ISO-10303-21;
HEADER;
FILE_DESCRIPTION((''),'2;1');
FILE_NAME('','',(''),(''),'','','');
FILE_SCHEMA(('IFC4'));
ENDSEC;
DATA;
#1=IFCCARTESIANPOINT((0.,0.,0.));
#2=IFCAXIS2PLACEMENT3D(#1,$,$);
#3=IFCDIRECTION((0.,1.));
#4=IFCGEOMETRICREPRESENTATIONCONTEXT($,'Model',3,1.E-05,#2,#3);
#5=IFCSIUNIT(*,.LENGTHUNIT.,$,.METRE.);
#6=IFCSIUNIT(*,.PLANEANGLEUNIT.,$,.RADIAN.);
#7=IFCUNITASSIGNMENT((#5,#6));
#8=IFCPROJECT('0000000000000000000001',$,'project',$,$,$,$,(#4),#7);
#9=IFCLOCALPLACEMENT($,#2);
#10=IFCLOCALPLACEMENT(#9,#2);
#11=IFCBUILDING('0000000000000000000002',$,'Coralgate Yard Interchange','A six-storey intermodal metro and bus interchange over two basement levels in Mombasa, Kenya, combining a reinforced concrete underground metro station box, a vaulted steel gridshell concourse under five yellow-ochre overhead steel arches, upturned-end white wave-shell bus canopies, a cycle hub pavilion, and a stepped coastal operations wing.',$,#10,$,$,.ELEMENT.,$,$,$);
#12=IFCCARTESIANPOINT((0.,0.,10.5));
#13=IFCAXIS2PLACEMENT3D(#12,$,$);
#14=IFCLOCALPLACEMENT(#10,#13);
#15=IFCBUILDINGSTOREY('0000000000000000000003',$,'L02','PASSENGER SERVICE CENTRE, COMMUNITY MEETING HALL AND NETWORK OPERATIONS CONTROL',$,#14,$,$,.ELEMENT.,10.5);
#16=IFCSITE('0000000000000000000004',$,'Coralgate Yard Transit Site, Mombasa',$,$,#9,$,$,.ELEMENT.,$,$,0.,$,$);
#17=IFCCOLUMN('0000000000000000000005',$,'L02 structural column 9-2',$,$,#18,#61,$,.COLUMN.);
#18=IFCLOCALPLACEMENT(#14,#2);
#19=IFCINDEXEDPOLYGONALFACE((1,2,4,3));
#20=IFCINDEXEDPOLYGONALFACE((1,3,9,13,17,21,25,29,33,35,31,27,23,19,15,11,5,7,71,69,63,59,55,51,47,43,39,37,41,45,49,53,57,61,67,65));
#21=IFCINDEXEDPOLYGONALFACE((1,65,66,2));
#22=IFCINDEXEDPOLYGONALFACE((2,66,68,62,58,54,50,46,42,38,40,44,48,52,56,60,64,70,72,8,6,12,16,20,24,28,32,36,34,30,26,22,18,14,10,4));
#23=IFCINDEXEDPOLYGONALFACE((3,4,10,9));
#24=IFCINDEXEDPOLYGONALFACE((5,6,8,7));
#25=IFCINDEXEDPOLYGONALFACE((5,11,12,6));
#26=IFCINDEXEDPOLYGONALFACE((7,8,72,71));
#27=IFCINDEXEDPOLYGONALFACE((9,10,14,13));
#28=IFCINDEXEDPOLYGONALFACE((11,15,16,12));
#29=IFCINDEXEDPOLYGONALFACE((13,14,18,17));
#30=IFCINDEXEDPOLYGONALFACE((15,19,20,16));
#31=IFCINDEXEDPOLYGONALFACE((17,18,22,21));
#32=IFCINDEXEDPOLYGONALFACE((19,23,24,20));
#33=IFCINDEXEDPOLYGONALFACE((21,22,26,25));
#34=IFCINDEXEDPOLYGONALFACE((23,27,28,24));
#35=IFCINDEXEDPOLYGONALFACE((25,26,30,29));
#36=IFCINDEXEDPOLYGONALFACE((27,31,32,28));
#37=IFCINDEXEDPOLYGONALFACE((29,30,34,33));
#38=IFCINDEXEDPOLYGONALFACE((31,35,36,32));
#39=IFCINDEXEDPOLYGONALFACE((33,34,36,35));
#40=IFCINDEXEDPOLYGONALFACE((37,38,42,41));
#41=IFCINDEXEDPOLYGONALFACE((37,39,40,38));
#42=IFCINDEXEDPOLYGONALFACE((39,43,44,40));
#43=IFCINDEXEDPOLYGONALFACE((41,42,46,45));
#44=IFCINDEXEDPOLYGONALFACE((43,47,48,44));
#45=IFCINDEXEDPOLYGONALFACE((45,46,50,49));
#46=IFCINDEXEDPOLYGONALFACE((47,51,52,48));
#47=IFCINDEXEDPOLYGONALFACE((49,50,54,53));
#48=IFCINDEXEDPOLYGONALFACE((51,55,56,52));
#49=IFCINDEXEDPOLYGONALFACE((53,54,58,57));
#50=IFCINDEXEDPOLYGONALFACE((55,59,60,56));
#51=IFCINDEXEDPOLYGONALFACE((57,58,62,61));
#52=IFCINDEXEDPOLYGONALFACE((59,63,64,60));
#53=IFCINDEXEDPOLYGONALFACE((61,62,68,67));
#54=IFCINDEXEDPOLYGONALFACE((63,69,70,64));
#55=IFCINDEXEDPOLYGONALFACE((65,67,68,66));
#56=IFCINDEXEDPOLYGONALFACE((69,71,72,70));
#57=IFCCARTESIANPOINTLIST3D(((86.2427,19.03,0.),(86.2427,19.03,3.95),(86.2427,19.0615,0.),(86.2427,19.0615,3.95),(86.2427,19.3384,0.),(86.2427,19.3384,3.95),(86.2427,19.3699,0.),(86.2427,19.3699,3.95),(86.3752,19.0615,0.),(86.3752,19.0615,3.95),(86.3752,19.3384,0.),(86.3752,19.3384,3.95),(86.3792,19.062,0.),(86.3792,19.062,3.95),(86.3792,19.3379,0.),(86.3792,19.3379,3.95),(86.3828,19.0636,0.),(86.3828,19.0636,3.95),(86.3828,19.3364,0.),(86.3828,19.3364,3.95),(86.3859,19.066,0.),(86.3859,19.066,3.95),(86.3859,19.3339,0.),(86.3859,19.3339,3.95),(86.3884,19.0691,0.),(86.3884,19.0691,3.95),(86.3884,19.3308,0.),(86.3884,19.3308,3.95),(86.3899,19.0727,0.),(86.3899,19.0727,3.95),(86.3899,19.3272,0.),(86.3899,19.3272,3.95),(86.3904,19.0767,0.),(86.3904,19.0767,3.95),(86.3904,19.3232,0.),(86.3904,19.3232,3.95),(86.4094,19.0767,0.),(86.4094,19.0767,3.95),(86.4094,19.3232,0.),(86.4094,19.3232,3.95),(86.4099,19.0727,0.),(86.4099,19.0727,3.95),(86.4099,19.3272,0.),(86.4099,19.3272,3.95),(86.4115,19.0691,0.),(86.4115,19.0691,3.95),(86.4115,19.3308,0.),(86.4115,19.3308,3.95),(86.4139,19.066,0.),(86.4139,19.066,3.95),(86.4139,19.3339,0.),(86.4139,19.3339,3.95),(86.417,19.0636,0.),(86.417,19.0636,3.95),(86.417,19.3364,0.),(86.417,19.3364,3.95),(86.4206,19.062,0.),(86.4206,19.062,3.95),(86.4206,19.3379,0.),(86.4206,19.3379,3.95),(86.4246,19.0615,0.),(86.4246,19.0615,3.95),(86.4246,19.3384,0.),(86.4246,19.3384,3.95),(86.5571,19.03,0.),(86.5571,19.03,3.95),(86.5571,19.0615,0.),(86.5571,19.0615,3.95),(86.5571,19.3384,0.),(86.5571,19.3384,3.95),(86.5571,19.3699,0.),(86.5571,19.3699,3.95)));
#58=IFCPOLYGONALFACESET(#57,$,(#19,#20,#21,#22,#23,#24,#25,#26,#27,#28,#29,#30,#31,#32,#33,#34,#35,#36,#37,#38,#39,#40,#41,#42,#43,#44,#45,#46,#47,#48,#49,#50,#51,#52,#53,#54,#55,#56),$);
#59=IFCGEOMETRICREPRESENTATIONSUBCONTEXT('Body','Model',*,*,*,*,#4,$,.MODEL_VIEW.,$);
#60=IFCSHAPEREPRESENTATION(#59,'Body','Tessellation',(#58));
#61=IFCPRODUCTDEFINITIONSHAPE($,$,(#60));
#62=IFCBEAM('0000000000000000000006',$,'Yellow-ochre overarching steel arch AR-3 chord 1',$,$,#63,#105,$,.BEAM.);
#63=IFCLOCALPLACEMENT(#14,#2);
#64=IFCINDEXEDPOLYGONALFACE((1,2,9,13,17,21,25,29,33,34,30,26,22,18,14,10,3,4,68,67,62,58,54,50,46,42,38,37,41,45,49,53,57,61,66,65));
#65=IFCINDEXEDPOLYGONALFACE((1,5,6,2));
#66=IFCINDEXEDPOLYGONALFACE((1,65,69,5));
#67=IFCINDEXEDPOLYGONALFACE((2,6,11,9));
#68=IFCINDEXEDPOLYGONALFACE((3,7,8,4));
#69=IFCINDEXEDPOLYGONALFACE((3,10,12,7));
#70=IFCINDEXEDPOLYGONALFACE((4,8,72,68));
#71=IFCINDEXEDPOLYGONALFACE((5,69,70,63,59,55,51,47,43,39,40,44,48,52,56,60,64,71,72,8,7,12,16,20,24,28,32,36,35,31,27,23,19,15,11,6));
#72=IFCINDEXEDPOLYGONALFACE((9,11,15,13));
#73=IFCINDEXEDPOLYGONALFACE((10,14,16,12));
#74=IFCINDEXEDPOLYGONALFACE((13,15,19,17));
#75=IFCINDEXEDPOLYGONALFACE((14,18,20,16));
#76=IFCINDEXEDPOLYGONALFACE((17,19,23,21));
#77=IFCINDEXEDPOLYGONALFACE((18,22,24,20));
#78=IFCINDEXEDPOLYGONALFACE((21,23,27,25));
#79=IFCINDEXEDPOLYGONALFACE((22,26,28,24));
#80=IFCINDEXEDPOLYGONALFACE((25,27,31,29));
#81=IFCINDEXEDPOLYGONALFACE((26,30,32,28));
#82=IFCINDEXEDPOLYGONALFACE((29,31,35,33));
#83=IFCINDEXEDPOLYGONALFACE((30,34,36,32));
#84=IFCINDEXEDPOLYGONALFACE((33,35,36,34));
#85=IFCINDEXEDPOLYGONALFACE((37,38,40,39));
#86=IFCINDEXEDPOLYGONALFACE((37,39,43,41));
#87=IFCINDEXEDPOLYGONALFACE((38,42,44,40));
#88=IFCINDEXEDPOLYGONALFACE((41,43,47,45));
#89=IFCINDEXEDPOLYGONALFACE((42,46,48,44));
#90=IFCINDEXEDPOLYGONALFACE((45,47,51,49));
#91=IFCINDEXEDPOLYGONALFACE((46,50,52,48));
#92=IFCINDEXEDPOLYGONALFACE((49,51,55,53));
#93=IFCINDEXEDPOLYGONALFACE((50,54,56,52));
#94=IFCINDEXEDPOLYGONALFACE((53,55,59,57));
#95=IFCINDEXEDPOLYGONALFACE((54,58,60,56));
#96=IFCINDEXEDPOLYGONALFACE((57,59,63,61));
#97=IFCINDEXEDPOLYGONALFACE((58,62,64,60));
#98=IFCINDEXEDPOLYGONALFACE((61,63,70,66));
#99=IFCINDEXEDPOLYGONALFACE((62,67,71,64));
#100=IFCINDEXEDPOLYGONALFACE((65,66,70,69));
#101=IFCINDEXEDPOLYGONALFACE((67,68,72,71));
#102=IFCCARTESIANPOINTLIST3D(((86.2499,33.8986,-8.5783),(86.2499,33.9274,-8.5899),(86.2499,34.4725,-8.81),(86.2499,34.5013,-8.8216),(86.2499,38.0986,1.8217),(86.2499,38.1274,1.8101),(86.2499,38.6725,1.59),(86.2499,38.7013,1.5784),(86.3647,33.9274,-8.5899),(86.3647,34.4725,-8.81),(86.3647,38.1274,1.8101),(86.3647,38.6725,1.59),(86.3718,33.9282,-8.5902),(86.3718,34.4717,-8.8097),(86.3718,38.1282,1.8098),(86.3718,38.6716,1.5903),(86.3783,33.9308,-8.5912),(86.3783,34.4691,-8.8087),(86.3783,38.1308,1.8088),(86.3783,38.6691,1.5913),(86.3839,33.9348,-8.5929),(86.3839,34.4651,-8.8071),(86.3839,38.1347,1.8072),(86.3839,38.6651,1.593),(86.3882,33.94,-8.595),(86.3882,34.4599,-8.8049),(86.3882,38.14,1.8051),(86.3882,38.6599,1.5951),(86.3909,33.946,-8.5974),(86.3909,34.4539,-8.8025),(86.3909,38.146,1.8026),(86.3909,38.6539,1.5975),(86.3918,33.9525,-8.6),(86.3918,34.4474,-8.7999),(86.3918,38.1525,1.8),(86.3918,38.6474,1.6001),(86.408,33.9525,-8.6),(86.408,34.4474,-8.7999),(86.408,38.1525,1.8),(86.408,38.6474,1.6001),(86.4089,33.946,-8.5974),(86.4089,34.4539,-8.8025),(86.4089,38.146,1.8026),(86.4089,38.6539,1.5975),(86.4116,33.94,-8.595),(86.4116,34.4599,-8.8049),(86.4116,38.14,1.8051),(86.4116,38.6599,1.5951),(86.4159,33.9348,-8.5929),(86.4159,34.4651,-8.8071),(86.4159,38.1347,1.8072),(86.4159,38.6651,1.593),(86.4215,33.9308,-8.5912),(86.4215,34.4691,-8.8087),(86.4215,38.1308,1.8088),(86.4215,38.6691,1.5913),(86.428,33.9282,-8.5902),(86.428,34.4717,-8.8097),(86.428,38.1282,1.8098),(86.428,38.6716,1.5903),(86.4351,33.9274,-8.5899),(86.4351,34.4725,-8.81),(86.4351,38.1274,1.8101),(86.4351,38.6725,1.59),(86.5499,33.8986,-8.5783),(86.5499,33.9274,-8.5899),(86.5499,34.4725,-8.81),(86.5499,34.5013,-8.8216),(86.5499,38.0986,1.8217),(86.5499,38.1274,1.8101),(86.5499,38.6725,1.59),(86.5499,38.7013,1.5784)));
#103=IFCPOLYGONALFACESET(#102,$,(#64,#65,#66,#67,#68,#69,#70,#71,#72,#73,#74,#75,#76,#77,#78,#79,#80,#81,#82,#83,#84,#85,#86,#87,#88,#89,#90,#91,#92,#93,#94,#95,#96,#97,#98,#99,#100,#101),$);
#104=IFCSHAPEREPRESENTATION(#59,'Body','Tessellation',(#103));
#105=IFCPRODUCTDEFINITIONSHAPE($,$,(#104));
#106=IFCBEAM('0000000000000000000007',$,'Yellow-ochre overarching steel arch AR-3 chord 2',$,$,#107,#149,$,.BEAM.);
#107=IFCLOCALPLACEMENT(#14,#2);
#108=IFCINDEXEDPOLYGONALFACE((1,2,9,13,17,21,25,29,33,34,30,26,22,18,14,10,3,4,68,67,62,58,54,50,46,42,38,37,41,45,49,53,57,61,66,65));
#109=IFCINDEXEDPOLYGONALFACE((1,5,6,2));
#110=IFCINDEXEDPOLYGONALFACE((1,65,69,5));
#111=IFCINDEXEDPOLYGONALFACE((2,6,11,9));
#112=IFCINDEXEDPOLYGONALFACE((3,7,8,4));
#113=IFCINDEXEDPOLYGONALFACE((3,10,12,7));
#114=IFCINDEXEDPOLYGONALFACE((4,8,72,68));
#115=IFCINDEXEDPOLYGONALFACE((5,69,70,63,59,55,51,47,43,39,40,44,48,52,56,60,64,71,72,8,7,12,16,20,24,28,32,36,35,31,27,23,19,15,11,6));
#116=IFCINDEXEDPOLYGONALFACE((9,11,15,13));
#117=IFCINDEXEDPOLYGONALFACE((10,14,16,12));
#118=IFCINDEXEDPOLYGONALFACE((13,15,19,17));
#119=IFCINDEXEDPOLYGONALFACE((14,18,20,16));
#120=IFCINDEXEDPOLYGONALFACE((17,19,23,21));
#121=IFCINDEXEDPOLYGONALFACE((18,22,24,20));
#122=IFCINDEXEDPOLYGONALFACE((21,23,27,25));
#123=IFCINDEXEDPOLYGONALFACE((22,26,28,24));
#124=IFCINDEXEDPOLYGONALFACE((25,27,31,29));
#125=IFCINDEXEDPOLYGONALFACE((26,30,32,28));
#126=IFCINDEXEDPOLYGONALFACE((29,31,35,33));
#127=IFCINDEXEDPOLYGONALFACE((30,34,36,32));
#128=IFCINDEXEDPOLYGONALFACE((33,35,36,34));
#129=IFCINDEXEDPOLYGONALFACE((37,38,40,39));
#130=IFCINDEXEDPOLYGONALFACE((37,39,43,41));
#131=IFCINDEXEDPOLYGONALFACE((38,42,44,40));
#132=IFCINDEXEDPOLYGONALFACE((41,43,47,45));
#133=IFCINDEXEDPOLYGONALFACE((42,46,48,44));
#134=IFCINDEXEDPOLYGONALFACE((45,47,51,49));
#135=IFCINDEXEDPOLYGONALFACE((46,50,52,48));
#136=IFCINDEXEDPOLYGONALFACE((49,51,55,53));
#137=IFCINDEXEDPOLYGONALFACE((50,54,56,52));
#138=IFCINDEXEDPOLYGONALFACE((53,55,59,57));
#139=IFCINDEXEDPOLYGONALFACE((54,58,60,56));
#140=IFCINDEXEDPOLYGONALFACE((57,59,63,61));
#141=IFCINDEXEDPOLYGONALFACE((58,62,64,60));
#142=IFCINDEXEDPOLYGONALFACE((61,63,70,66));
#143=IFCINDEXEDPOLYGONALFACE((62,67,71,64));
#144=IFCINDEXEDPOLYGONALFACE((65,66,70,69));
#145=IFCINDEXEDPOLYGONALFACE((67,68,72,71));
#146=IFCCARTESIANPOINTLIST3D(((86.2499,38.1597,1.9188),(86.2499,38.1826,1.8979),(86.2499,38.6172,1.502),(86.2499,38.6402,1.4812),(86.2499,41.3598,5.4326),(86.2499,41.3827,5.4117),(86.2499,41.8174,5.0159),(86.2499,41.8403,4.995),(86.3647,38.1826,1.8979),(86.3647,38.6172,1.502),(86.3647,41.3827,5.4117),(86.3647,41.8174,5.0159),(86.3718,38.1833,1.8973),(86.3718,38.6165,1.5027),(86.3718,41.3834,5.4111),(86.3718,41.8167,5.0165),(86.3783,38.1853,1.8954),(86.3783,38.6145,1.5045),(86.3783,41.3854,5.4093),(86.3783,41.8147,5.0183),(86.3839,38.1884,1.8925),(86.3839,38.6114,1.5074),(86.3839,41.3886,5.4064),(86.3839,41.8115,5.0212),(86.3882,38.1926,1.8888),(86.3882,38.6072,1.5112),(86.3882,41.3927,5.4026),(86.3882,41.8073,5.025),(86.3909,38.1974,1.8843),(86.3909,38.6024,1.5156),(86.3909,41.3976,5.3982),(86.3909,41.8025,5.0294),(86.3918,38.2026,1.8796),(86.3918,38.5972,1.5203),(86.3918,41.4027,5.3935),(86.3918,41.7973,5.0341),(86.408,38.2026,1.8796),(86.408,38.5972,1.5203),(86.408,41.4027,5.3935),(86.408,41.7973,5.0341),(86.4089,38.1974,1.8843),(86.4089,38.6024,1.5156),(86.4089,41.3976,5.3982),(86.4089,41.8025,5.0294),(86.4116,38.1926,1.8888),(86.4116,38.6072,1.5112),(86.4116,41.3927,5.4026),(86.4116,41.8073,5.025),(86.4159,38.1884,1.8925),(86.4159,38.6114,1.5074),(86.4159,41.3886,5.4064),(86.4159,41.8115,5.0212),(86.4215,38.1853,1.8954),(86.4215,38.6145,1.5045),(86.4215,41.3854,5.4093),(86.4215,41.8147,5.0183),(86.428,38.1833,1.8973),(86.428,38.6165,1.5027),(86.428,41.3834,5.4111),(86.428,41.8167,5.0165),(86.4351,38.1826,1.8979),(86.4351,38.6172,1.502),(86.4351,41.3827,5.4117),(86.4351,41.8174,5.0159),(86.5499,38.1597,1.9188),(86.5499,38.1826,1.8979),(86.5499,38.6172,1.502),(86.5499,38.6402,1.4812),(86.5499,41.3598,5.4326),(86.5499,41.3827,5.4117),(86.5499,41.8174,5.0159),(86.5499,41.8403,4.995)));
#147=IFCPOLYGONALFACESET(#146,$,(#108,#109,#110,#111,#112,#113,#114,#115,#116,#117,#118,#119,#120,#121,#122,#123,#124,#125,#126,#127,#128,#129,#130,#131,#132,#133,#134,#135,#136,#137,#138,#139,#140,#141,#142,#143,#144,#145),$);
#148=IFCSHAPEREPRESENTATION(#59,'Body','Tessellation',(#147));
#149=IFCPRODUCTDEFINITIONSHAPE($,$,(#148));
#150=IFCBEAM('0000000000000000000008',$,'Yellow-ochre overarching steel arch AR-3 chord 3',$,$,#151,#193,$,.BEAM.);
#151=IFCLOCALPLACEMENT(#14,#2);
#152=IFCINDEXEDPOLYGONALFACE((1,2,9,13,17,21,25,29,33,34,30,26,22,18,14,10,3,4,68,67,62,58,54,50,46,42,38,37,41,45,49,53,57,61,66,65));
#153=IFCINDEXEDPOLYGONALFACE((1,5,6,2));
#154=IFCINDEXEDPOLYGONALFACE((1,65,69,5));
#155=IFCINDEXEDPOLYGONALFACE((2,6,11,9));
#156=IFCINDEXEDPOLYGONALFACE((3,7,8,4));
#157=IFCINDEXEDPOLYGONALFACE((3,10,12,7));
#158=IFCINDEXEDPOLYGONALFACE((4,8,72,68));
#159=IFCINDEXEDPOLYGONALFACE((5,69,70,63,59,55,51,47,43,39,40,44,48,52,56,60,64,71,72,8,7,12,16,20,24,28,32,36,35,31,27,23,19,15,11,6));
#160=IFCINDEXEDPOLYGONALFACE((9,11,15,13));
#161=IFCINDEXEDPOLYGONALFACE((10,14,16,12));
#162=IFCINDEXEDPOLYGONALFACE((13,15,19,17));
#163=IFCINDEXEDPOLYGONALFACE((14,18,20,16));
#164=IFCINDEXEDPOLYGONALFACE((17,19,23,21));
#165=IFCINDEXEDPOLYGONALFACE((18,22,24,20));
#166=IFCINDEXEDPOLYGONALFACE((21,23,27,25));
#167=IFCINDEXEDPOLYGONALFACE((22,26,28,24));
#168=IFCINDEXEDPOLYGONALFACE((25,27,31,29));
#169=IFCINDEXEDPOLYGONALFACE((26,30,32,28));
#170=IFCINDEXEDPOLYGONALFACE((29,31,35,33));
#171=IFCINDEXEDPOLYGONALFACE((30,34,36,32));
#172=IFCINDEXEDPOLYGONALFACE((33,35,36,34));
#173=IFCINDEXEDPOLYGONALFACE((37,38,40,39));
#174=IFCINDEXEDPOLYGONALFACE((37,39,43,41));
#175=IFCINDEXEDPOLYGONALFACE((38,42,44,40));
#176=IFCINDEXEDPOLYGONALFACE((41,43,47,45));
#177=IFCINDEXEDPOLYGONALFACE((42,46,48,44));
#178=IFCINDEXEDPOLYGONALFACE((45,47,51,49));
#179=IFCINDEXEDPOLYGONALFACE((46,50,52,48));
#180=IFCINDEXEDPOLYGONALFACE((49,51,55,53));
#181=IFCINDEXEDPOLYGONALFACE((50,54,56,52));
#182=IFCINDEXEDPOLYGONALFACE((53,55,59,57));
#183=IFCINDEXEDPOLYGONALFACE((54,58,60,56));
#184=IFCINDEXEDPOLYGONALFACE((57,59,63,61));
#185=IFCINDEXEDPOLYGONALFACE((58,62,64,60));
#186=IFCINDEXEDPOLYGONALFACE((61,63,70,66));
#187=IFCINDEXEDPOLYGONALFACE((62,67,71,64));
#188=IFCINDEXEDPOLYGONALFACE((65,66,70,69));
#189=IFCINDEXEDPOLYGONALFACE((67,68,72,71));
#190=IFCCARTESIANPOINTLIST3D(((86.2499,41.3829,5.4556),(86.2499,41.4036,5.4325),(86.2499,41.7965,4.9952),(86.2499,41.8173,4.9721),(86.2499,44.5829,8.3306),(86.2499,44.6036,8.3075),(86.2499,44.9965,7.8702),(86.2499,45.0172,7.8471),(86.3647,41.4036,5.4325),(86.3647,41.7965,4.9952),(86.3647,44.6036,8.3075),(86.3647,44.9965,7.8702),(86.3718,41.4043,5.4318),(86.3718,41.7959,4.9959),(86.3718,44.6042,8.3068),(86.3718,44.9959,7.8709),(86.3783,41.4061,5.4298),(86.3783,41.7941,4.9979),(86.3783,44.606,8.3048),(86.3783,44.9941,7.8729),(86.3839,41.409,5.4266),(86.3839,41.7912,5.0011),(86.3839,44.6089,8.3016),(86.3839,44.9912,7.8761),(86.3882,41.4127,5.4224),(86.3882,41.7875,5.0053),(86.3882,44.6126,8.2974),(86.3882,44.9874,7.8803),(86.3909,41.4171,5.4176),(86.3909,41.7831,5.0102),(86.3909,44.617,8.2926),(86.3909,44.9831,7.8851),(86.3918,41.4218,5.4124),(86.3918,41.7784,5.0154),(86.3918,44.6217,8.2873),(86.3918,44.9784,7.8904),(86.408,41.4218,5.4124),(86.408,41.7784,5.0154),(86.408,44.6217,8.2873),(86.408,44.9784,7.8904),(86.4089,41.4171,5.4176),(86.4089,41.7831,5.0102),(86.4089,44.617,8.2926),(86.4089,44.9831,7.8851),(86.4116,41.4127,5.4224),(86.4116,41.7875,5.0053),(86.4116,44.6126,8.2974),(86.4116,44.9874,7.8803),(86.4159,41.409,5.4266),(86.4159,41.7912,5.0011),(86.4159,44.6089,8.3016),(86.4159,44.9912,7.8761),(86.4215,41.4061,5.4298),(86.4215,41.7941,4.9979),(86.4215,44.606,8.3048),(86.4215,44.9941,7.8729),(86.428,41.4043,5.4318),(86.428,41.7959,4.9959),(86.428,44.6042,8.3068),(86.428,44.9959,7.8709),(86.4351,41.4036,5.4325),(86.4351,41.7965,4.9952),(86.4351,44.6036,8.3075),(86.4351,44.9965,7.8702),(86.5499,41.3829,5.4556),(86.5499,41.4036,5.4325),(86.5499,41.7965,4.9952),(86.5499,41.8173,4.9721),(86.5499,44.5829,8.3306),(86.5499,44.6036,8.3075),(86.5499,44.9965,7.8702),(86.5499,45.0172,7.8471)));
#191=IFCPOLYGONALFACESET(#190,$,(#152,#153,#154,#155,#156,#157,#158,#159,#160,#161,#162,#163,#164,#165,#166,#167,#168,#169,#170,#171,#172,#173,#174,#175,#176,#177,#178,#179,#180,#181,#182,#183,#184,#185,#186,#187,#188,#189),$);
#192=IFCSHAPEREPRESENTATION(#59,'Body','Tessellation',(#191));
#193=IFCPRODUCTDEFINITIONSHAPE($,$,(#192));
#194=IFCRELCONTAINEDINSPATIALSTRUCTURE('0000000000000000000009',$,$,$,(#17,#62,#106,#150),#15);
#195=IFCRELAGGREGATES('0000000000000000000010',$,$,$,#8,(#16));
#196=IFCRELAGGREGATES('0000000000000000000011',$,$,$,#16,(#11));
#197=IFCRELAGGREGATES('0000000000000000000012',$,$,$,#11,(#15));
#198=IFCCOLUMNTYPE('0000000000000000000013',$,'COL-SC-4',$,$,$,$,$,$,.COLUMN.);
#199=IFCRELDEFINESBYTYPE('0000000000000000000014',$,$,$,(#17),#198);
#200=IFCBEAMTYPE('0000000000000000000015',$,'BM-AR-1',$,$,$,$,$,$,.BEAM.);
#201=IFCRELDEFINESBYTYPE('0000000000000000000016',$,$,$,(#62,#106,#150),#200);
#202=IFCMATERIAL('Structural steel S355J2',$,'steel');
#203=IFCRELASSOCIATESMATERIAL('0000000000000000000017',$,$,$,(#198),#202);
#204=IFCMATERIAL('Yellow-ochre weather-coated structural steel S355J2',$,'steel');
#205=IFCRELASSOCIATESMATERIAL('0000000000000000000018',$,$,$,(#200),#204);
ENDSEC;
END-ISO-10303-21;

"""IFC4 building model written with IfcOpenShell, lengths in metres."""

from ifc_helpers import new_model, si_unit, direction, frame, origin, origin_2d, place, context, subcontext, project, spatial, i_section, extrude, material, material_profile, profile_set, type_object, element, save


model = new_model("IFC4")

# Units and contexts
model_context = context("Model", 3, precision=1e-05, world=origin(), true_north=direction((0.0, 1.0)))
body_context = subcontext(model_context, "Body", "Model", "MODEL_VIEW")
ifc_project = project(units=[si_unit("LENGTHUNIT", "METRE"), si_unit("PLANEANGLEUNIT", "RADIAN")], contexts=[model_context])

# Site, building, storey
site_placement = place(None, origin())
site = spatial("IfcSite", under=ifc_project, at=site_placement, Name="Coralgate Yard Transit Site, Mombasa", CompositionType="ELEMENT", RefElevation=0.0)
building_placement = place(site_placement, origin())
building = spatial("IfcBuilding", under=site, at=building_placement, Name="Coralgate Yard Interchange", Description="A six-storey intermodal metro and bus interchange over two basement levels in Mombasa, Kenya, combining a reinforced concrete underground metro station box, a vaulted steel gridshell concourse under five yellow-ochre overhead steel arches, upturned-end white wave-shell bus canopies, a cycle hub pavilion, and a stepped coastal operations wing.", CompositionType="ELEMENT")
storey_placement = place(building_placement, frame((0.0, 0.0, 10.5)))
storey = spatial("IfcBuildingStorey", under=building, at=storey_placement, Name="L02", Description="PASSENGER SERVICE CENTRE, COMMUNITY MEETING HALL AND NETWORK OPERATIONS CONTROL", CompositionType="ELEMENT", Elevation=10.5)

# Column
ifc_material_1 = material(Name="Structural steel S355J2", Category="steel")
ifc_material_profile_1 = material_profile(ifc_material_1, i_section(OverallWidth=0.3145, OverallDepth=0.3398, WebThickness=0.019, FlangeThickness=0.0315, FilletRadius=0.0151, at=origin_2d()), Name="UC 305x305x198")
ifc_profile_set_1 = profile_set([ifc_material_profile_1], Name="Structural steel S355J2")
column_type = type_object("IfcColumnType", Name="COL-SC-4", PredefinedType="COLUMN", material=ifc_profile_set_1)
column_placement = place(storey_placement, frame((86.3999, 19.2, 0.0), z_axis=(0.0, 0.0, 1.0), x_axis=(1.0, 0.0, 0.0)))
element("IfcColumn", 1, at=column_placement, inside=storey, type_object=column_type, Name="L02 structural column 9-2", PredefinedType="COLUMN", context=body_context, shape_type="SweptSolid", body=[
    extrude(i_section(OverallWidth=0.3145, OverallDepth=0.3398, WebThickness=0.019, FlangeThickness=0.0315, FilletRadius=0.0151, at=origin_2d()), origin(), (0.0, 0.0, 1.0), 3.95),
])

# Beams
ifc_material_2 = material(Name="Yellow-ochre weather-coated structural steel S355J2", Category="steel")
ifc_material_profile_2 = material_profile(ifc_material_2, i_section(OverallWidth=0.3, OverallDepth=0.6499, WebThickness=0.0161, FlangeThickness=0.031, FilletRadius=0.0271, at=origin_2d()), Name="HEB 650")
ifc_profile_set_2 = profile_set([ifc_material_profile_2], Name="Yellow-ochre weather-coated structural steel S355J2")
beam_type_1 = type_object("IfcBeamType", Name="BM-AR-1", PredefinedType="BEAM", material=ifc_profile_set_2)
beam_1_placement = place(storey_placement, frame((86.3999, 34.2, -8.7), z_axis=(0.0, 0.374462, 0.927242), x_axis=(-1.0, 0.0, 0.0)))
element("IfcBeam", 2, at=beam_1_placement, inside=storey, type_object=beam_type_1, Name="Yellow-ochre overarching steel arch AR-3 chord 1", PredefinedType="BEAM", context=body_context, shape_type="SweptSolid", body=[
    extrude(i_section(OverallWidth=0.3, OverallDepth=0.6499, WebThickness=0.0161, FlangeThickness=0.031, FilletRadius=0.0271, at=origin_2d()), origin(), (0.0, 0.0, 1.0), 11.2161),
])
beam_2_placement = place(storey_placement, frame((86.3999, 38.3999, 1.7), z_axis=(0.0, 0.673332, 0.73934), x_axis=(-1.0, 0.0, 0.0)))
element("IfcBeam", 3, at=beam_2_placement, inside=storey, type_object=beam_type_1, Name="Yellow-ochre overarching steel arch AR-3 chord 2", PredefinedType="BEAM", context=body_context, shape_type="SweptSolid", body=[
    extrude(i_section(OverallWidth=0.3, OverallDepth=0.6499, WebThickness=0.0161, FlangeThickness=0.031, FilletRadius=0.0271, at=origin_2d()), origin(), (0.0, 0.0, 1.0), 4.7527),
])
beam_3_placement = place(storey_placement, frame((86.3999, 41.6001, 5.2139), z_axis=(0.0, 0.743867, 0.668328), x_axis=(-1.0, 0.0, 0.0)))
element("IfcBeam", 4, at=beam_3_placement, inside=storey, type_object=beam_type_1, Name="Yellow-ochre overarching steel arch AR-3 chord 3", PredefinedType="BEAM", context=body_context, shape_type="SweptSolid", body=[
    extrude(i_section(OverallWidth=0.3, OverallDepth=0.6499, WebThickness=0.0161, FlangeThickness=0.031, FilletRadius=0.0271, at=origin_2d()), origin(), (0.0, 0.0, 1.0), 4.3018),
])

save(model, "model.ifc")
